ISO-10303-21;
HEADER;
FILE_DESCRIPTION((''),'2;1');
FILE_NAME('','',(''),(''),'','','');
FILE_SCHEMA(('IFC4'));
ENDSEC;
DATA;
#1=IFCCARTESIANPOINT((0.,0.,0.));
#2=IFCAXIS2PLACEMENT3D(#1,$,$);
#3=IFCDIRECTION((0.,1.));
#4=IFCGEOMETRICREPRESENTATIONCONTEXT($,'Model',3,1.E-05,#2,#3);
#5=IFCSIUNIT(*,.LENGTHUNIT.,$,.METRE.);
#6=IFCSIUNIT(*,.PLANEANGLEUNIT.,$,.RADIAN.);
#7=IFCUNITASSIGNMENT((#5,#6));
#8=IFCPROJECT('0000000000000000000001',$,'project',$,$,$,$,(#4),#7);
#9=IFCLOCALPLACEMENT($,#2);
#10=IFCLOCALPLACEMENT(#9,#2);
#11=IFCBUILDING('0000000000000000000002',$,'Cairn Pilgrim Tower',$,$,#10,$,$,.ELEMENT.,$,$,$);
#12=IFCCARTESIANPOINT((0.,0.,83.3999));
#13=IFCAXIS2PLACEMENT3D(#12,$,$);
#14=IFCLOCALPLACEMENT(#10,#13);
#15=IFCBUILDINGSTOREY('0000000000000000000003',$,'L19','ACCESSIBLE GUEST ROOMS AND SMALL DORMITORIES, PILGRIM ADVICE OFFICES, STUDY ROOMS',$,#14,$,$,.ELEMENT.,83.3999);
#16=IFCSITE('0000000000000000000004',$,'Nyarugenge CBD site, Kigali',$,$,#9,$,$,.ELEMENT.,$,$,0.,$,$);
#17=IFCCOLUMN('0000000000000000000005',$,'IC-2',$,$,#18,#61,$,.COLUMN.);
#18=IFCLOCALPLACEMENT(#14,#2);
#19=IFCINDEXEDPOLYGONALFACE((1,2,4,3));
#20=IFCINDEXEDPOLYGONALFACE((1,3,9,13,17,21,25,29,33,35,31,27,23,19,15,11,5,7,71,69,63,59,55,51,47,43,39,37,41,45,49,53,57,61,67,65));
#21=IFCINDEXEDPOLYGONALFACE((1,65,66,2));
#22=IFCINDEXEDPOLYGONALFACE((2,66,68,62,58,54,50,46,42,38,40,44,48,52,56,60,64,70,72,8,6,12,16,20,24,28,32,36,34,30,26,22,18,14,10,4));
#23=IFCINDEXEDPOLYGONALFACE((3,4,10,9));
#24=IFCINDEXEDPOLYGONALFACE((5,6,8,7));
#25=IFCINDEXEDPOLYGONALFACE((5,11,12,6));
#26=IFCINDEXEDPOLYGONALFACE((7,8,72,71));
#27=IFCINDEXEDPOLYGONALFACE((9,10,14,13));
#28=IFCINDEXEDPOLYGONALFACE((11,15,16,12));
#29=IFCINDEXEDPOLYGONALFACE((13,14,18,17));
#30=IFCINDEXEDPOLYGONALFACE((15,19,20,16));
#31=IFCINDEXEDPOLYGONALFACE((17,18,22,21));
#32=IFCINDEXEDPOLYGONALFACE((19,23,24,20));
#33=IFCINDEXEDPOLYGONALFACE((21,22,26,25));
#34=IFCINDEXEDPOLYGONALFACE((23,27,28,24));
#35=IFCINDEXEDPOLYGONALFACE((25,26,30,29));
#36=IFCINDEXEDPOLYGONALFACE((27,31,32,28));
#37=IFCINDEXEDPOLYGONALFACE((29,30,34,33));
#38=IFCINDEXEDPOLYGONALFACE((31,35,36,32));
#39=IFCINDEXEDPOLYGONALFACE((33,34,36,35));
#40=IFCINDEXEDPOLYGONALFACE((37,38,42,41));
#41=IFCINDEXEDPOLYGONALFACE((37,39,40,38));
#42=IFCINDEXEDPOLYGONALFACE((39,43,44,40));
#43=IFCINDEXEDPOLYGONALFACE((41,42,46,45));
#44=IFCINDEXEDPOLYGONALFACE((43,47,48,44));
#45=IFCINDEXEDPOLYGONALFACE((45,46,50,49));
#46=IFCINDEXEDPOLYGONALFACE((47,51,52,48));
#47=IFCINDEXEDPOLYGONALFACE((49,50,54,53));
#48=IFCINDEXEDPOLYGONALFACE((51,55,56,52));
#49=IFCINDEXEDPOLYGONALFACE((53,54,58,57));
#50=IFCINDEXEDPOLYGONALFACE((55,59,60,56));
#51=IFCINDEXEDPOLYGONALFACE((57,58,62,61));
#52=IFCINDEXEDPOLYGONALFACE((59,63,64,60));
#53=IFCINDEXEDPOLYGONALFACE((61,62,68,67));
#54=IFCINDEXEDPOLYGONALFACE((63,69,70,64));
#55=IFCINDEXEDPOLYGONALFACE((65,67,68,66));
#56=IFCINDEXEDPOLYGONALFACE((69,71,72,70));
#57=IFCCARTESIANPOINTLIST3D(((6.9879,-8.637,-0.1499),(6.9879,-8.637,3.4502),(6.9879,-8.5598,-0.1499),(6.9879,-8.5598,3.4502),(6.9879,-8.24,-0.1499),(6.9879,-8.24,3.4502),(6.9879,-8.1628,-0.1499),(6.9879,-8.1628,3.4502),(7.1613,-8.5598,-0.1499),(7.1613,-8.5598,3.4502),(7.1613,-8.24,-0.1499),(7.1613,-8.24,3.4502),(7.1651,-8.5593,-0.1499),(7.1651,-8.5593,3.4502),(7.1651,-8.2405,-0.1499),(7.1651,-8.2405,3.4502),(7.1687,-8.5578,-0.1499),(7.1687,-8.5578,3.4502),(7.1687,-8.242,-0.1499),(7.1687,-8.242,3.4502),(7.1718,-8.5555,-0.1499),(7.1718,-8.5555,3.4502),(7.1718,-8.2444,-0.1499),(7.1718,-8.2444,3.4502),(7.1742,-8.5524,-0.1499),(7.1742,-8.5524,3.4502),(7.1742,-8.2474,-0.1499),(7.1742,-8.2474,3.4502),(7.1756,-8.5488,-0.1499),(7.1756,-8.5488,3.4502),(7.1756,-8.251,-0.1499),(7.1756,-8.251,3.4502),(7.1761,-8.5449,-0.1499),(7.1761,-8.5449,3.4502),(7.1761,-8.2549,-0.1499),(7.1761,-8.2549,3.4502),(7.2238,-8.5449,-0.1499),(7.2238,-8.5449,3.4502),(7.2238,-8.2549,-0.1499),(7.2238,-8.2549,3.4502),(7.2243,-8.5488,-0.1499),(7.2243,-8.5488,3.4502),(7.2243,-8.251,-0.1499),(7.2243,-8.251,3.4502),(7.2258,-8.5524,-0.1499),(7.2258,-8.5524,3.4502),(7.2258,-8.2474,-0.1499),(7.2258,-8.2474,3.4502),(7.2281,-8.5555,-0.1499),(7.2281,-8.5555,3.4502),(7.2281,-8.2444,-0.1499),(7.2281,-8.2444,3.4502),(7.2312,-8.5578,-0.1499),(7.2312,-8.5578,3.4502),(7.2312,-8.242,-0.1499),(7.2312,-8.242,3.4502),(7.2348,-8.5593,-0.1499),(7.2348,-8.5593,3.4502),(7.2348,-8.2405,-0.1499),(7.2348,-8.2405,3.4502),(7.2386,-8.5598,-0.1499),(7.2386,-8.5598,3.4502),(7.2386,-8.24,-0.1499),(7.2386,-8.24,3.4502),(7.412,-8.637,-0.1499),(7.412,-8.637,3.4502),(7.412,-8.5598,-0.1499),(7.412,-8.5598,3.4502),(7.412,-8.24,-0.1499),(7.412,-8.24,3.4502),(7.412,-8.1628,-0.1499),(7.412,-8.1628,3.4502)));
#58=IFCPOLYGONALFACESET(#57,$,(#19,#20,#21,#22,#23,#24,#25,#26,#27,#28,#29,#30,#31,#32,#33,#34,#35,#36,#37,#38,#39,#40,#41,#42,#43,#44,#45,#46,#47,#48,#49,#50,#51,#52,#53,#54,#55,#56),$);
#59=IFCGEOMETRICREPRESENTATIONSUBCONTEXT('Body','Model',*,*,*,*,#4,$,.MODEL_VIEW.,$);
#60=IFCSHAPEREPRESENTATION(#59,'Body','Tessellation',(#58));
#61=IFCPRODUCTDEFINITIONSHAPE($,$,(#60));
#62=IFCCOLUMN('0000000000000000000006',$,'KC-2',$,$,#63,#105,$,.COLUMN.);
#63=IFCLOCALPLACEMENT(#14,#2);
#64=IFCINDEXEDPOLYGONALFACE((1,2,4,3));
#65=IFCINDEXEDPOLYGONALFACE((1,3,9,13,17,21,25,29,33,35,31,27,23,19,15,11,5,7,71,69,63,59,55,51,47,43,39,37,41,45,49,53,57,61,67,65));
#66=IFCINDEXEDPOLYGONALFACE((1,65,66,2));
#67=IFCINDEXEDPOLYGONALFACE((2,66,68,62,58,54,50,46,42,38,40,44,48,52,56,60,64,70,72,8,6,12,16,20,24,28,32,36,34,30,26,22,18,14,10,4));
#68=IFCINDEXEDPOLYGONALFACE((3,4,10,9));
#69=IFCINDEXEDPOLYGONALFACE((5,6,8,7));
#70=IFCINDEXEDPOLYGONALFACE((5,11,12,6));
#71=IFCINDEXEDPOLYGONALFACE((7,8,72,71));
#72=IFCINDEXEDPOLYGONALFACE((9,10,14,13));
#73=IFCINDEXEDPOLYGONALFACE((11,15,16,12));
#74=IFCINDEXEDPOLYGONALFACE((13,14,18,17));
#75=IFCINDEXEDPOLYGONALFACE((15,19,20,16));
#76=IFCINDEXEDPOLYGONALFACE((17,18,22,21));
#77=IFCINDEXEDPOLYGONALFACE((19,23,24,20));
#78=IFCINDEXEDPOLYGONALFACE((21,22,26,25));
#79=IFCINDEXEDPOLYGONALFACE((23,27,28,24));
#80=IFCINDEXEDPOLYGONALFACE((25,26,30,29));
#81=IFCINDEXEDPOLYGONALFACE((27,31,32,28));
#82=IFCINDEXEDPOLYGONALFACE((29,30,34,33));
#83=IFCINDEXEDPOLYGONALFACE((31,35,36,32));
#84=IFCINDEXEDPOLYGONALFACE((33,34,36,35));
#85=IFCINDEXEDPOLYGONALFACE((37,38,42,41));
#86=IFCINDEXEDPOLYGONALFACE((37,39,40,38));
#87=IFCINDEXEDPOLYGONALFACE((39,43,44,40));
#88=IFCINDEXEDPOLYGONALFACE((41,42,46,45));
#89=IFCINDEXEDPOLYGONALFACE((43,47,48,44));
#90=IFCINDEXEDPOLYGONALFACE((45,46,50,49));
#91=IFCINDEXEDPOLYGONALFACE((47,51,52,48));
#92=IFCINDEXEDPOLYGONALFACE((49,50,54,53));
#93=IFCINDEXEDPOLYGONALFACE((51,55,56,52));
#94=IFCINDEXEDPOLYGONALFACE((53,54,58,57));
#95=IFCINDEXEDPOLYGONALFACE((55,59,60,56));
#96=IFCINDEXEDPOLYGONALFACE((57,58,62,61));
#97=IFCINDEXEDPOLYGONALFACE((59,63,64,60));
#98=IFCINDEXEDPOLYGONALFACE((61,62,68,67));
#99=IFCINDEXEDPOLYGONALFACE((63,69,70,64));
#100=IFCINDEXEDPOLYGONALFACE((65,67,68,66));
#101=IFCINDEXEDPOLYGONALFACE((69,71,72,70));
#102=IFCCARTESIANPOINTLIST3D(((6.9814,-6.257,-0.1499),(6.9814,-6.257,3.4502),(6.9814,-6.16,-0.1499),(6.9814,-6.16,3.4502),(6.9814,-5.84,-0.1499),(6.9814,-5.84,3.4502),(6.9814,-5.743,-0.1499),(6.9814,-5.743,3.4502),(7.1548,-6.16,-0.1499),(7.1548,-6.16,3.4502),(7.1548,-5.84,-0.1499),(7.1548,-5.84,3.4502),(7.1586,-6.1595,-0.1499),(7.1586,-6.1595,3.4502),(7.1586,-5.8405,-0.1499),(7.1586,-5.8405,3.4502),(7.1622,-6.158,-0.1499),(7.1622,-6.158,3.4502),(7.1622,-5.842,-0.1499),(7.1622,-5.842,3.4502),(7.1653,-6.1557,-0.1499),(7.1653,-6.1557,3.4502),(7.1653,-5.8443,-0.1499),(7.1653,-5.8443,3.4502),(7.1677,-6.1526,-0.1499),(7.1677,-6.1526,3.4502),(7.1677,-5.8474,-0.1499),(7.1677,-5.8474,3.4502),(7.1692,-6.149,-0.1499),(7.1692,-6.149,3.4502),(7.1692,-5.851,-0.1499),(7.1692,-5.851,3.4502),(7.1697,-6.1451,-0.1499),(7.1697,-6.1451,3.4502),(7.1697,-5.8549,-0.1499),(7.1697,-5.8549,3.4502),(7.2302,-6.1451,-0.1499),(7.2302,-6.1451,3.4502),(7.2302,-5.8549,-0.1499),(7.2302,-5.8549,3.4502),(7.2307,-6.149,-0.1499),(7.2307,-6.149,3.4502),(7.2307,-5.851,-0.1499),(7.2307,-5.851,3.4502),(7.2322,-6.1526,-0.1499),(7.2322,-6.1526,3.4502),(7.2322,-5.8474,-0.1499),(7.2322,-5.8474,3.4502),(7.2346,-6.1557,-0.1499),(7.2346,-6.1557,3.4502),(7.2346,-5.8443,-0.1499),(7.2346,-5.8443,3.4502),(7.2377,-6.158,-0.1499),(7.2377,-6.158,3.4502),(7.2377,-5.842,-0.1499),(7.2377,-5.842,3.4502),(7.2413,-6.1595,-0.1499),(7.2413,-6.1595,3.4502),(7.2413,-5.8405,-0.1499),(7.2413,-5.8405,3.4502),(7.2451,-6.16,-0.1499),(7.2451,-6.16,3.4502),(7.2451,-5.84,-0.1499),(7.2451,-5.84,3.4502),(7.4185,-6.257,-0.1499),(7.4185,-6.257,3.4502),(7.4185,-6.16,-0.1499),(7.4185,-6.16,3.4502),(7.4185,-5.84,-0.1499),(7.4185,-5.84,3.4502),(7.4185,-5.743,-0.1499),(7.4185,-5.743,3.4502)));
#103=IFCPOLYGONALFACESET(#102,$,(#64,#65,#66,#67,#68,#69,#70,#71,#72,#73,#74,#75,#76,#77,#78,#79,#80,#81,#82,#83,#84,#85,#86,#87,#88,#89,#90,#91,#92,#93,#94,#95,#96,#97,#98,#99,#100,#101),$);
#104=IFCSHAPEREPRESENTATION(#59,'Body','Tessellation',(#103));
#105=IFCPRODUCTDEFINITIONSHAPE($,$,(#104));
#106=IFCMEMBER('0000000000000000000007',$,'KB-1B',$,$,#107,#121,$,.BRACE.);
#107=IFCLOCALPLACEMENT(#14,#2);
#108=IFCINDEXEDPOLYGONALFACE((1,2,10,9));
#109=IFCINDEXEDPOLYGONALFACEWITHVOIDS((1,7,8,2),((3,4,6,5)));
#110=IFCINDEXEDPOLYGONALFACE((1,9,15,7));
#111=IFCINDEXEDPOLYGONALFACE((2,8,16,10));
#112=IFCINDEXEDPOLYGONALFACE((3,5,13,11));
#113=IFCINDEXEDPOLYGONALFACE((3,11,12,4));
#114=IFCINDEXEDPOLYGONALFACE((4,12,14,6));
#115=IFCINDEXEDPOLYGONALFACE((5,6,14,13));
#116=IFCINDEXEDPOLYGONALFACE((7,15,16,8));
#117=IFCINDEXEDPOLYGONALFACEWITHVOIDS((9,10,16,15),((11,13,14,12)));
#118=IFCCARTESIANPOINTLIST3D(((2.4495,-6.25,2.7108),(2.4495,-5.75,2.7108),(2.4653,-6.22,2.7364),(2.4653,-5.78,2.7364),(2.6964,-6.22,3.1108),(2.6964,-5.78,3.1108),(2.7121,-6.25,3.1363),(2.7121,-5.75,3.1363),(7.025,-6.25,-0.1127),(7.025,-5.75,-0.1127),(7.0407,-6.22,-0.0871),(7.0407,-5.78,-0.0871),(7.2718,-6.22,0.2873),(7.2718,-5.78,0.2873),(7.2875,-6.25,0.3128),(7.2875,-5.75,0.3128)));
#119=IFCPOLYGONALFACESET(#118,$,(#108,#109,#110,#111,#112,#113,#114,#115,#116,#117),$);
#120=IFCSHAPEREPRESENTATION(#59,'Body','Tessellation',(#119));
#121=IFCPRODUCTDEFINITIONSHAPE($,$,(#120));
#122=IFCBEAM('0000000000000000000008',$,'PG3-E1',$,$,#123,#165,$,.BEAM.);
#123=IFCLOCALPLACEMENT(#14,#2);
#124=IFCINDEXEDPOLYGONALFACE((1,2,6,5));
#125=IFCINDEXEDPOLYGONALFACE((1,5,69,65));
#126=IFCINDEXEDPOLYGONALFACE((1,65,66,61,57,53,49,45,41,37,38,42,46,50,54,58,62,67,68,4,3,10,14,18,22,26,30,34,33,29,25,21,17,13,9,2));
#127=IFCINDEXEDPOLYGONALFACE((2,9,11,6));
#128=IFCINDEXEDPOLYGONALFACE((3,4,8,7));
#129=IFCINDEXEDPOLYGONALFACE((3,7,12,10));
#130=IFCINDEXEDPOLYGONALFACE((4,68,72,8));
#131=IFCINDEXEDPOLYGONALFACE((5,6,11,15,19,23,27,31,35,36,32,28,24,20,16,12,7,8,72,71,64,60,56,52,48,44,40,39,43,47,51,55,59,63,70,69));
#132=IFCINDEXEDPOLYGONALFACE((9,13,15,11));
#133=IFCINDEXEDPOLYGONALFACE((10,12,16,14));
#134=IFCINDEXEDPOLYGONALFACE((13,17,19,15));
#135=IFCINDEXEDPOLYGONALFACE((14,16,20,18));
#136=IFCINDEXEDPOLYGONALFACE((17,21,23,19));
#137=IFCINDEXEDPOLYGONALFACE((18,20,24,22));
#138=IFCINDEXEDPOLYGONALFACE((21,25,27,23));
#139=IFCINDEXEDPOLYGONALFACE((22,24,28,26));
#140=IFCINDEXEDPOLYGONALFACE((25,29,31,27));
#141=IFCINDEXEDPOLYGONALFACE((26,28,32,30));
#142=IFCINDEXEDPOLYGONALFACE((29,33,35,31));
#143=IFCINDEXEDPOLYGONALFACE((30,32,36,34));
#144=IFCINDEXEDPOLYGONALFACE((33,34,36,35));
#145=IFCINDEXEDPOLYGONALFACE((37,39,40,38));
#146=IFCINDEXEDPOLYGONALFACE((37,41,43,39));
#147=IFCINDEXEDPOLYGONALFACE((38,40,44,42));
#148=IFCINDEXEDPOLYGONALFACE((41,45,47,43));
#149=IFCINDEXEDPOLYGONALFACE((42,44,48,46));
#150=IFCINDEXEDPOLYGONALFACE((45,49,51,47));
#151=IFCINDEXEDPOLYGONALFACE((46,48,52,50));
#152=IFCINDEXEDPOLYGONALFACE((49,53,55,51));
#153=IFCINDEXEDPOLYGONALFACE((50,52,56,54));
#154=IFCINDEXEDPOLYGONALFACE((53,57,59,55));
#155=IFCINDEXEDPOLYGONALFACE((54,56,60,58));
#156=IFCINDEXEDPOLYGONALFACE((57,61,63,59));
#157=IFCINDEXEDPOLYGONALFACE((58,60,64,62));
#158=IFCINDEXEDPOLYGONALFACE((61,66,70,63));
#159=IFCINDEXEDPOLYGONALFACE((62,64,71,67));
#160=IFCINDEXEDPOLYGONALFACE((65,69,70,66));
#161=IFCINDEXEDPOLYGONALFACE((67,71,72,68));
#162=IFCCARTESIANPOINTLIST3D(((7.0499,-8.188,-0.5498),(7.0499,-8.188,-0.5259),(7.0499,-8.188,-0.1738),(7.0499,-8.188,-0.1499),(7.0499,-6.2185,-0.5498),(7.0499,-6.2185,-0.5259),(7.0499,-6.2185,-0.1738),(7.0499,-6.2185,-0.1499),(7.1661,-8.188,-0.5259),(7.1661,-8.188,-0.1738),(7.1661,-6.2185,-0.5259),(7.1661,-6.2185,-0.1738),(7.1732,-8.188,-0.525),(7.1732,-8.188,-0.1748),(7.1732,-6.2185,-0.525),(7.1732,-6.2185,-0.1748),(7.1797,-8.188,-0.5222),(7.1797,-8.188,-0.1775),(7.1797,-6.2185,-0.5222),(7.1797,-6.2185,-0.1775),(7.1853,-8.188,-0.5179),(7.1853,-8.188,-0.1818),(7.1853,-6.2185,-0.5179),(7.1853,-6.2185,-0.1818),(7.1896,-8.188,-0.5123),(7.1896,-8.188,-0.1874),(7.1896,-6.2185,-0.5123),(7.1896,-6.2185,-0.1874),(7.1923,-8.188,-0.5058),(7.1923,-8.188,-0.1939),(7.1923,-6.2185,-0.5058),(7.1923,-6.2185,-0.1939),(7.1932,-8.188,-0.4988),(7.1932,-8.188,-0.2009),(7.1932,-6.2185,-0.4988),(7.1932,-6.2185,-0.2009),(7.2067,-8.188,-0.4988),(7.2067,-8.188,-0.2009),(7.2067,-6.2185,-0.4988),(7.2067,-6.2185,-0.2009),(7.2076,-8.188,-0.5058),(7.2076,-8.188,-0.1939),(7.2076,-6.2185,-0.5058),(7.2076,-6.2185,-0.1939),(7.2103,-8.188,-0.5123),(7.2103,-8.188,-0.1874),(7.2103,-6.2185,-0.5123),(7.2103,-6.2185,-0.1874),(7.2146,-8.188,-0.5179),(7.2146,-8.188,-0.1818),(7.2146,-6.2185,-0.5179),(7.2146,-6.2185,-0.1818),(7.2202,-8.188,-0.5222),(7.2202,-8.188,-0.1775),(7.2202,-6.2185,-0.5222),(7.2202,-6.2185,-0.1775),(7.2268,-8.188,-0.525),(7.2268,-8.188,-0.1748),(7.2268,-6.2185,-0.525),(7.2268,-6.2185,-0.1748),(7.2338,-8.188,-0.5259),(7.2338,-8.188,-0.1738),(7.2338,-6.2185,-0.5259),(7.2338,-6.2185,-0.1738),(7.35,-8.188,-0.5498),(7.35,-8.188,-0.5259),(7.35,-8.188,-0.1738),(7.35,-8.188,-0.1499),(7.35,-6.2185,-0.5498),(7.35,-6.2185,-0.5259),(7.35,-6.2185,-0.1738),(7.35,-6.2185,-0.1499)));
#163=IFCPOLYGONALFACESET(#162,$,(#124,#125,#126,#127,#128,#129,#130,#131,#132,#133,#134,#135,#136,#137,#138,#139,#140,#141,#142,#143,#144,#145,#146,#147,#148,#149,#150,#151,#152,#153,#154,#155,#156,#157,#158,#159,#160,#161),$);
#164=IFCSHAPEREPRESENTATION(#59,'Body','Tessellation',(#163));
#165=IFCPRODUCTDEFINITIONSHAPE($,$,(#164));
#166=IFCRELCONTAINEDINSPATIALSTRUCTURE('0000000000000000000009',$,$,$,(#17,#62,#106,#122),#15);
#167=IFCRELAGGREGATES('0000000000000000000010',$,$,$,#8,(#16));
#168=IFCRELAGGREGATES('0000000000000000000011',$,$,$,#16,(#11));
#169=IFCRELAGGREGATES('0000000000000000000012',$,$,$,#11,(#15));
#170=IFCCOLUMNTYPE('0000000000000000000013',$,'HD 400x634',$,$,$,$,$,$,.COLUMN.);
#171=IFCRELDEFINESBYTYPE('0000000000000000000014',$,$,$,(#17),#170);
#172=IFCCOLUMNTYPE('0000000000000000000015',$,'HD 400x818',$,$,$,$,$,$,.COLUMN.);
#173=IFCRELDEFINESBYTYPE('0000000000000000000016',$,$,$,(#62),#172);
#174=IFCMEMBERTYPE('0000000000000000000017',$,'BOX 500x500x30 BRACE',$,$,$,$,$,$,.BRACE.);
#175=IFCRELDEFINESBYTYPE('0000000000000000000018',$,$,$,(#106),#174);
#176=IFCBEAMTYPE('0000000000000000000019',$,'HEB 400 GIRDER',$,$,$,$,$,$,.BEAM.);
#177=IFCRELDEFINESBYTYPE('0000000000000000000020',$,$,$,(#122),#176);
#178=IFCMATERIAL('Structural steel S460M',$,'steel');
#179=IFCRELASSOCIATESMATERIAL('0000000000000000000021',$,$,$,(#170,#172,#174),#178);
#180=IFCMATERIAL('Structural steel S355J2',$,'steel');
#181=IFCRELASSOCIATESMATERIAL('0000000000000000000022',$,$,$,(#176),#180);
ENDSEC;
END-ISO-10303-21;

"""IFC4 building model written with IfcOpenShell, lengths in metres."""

from ifc_helpers import new_model, si_unit, direction, frame, origin, origin_2d, place, context, subcontext, project, spatial, hollow_rectangle, i_section, extrude, material, material_profile, profile_set, type_object, element, save


model = new_model("IFC4")

# Units and contexts
model_context = context("Model", 3, precision=1e-05, world=origin(), true_north=direction((0.0, 1.0)))
body_context = subcontext(model_context, "Body", "Model", "MODEL_VIEW")
ifc_project = project(units=[si_unit("LENGTHUNIT", "METRE"), si_unit("PLANEANGLEUNIT", "RADIAN")], contexts=[model_context])

# Site, building, storey
site_placement = place(None, origin())
site = spatial("IfcSite", under=ifc_project, at=site_placement, Name="Nyarugenge CBD site, Kigali", CompositionType="ELEMENT", RefElevation=0.0)
building_placement = place(site_placement, origin())
building = spatial("IfcBuilding", under=site, at=building_placement, Name="Cairn Pilgrim Tower", CompositionType="ELEMENT")
storey_placement = place(building_placement, frame((0.0, 0.0, 83.3999)))
storey = spatial("IfcBuildingStorey", under=building, at=storey_placement, Name="L19", Description="ACCESSIBLE GUEST ROOMS AND SMALL DORMITORIES, PILGRIM ADVICE OFFICES, STUDY ROOMS", CompositionType="ELEMENT", Elevation=83.3999)

# Columns
ifc_material_1 = material(Name="Structural steel S460M", Category="steel")
ifc_material_profile_1 = material_profile(ifc_material_1, i_section(OverallWidth=0.4241, OverallDepth=0.4741, WebThickness=0.0476, FlangeThickness=0.0771, FilletRadius=0.0149, at=origin_2d()), Name="HD 400x634")
ifc_profile_set_1 = profile_set([ifc_material_profile_1], Name="Structural steel S460M")
column_type_1 = type_object("IfcColumnType", Name="HD 400x634", PredefinedType="COLUMN", material=ifc_profile_set_1)
column_1_placement = place(storey_placement, frame((7.2, -8.3999, -0.1499), z_axis=(0.0, 0.0, 1.0), x_axis=(1.0, 0.0, 0.0)))
element("IfcColumn", 1, at=column_1_placement, inside=storey, type_object=column_type_1, Name="IC-2", PredefinedType="COLUMN", context=body_context, shape_type="SweptSolid", body=[
    extrude(i_section(OverallWidth=0.4241, OverallDepth=0.4741, WebThickness=0.0476, FlangeThickness=0.0771, FilletRadius=0.0149, at=origin_2d()), origin(), (0.0, 0.0, 1.0), 3.6001),
])
ifc_material_profile_2 = material_profile(ifc_material_1, i_section(OverallWidth=0.437, OverallDepth=0.5139, WebThickness=0.0605, FlangeThickness=0.0969, FilletRadius=0.0149, at=origin_2d()), Name="HD 400x818")
ifc_profile_set_2 = profile_set([ifc_material_profile_2], Name="Structural steel S460M")
column_type_2 = type_object("IfcColumnType", Name="HD 400x818", PredefinedType="COLUMN", material=ifc_profile_set_2)
column_2_placement = place(storey_placement, frame((7.2, -6.0, -0.1499), z_axis=(0.0, 0.0, 1.0), x_axis=(1.0, 0.0, 0.0)))
element("IfcColumn", 2, at=column_2_placement, inside=storey, type_object=column_type_2, Name="KC-2", PredefinedType="COLUMN", context=body_context, shape_type="SweptSolid", body=[
    extrude(i_section(OverallWidth=0.437, OverallDepth=0.5139, WebThickness=0.0605, FlangeThickness=0.0969, FilletRadius=0.0149, at=origin_2d()), origin(), (0.0, 0.0, 1.0), 3.6001),
])

# Member
ifc_material_profile_3 = material_profile(ifc_material_1, hollow_rectangle(XDim=0.5, YDim=0.5, WallThickness=0.03, at=origin_2d()), Name="BOX 500x500x30")
ifc_profile_set_3 = profile_set([ifc_material_profile_3], Name="Structural steel S460M")
member_type = type_object("IfcMemberType", Name="BOX 500x500x30 BRACE", PredefinedType="BRACE", material=ifc_profile_set_3)
member_placement = place(storey_placement, frame((7.1562, -6.0, 0.1001), z_axis=(-0.851008, 0.0, 0.525154), x_axis=(0.0, -1.0, 0.0)))
element("IfcMember", 3, at=member_placement, inside=storey, type_object=member_type, Name="KB-1B", PredefinedType="BRACE", context=body_context, shape_type="SweptSolid", body=[
    extrude(hollow_rectangle(XDim=0.5, YDim=0.5, WallThickness=0.03, at=origin_2d()), origin(), (0.0, 0.0, 1.0), 5.3765),
])

# Beam
ifc_material_2 = material(Name="Structural steel S355J2", Category="steel")
ifc_material_profile_4 = material_profile(ifc_material_2, i_section(OverallWidth=0.3, OverallDepth=0.3999, WebThickness=0.0134, FlangeThickness=0.0239, FilletRadius=0.0271, at=origin_2d()), Name="HEB 400")
ifc_profile_set_4 = profile_set([ifc_material_profile_4], Name="Structural steel S355J2")
beam_type_1 = type_object("IfcBeamType", Name="HEB 400 GIRDER", PredefinedType="BEAM", material=ifc_profile_set_4)
beam_1_placement = place(storey_placement, frame((7.2, -8.188, -0.3499), z_axis=(0.0, 1.0, 0.0), x_axis=(-1.0, 0.0, 0.0)))
element("IfcBeam", 4, at=beam_1_placement, inside=storey, type_object=beam_type_1, Name="PG3-E1", PredefinedType="BEAM", context=body_context, shape_type="SweptSolid", body=[
    extrude(i_section(OverallWidth=0.3, OverallDepth=0.3999, WebThickness=0.0134, FlangeThickness=0.0239, FilletRadius=0.0271, at=origin_2d()), origin(), (0.0, 0.0, 1.0), 1.9695),
])

save(model, "model.ifc")
